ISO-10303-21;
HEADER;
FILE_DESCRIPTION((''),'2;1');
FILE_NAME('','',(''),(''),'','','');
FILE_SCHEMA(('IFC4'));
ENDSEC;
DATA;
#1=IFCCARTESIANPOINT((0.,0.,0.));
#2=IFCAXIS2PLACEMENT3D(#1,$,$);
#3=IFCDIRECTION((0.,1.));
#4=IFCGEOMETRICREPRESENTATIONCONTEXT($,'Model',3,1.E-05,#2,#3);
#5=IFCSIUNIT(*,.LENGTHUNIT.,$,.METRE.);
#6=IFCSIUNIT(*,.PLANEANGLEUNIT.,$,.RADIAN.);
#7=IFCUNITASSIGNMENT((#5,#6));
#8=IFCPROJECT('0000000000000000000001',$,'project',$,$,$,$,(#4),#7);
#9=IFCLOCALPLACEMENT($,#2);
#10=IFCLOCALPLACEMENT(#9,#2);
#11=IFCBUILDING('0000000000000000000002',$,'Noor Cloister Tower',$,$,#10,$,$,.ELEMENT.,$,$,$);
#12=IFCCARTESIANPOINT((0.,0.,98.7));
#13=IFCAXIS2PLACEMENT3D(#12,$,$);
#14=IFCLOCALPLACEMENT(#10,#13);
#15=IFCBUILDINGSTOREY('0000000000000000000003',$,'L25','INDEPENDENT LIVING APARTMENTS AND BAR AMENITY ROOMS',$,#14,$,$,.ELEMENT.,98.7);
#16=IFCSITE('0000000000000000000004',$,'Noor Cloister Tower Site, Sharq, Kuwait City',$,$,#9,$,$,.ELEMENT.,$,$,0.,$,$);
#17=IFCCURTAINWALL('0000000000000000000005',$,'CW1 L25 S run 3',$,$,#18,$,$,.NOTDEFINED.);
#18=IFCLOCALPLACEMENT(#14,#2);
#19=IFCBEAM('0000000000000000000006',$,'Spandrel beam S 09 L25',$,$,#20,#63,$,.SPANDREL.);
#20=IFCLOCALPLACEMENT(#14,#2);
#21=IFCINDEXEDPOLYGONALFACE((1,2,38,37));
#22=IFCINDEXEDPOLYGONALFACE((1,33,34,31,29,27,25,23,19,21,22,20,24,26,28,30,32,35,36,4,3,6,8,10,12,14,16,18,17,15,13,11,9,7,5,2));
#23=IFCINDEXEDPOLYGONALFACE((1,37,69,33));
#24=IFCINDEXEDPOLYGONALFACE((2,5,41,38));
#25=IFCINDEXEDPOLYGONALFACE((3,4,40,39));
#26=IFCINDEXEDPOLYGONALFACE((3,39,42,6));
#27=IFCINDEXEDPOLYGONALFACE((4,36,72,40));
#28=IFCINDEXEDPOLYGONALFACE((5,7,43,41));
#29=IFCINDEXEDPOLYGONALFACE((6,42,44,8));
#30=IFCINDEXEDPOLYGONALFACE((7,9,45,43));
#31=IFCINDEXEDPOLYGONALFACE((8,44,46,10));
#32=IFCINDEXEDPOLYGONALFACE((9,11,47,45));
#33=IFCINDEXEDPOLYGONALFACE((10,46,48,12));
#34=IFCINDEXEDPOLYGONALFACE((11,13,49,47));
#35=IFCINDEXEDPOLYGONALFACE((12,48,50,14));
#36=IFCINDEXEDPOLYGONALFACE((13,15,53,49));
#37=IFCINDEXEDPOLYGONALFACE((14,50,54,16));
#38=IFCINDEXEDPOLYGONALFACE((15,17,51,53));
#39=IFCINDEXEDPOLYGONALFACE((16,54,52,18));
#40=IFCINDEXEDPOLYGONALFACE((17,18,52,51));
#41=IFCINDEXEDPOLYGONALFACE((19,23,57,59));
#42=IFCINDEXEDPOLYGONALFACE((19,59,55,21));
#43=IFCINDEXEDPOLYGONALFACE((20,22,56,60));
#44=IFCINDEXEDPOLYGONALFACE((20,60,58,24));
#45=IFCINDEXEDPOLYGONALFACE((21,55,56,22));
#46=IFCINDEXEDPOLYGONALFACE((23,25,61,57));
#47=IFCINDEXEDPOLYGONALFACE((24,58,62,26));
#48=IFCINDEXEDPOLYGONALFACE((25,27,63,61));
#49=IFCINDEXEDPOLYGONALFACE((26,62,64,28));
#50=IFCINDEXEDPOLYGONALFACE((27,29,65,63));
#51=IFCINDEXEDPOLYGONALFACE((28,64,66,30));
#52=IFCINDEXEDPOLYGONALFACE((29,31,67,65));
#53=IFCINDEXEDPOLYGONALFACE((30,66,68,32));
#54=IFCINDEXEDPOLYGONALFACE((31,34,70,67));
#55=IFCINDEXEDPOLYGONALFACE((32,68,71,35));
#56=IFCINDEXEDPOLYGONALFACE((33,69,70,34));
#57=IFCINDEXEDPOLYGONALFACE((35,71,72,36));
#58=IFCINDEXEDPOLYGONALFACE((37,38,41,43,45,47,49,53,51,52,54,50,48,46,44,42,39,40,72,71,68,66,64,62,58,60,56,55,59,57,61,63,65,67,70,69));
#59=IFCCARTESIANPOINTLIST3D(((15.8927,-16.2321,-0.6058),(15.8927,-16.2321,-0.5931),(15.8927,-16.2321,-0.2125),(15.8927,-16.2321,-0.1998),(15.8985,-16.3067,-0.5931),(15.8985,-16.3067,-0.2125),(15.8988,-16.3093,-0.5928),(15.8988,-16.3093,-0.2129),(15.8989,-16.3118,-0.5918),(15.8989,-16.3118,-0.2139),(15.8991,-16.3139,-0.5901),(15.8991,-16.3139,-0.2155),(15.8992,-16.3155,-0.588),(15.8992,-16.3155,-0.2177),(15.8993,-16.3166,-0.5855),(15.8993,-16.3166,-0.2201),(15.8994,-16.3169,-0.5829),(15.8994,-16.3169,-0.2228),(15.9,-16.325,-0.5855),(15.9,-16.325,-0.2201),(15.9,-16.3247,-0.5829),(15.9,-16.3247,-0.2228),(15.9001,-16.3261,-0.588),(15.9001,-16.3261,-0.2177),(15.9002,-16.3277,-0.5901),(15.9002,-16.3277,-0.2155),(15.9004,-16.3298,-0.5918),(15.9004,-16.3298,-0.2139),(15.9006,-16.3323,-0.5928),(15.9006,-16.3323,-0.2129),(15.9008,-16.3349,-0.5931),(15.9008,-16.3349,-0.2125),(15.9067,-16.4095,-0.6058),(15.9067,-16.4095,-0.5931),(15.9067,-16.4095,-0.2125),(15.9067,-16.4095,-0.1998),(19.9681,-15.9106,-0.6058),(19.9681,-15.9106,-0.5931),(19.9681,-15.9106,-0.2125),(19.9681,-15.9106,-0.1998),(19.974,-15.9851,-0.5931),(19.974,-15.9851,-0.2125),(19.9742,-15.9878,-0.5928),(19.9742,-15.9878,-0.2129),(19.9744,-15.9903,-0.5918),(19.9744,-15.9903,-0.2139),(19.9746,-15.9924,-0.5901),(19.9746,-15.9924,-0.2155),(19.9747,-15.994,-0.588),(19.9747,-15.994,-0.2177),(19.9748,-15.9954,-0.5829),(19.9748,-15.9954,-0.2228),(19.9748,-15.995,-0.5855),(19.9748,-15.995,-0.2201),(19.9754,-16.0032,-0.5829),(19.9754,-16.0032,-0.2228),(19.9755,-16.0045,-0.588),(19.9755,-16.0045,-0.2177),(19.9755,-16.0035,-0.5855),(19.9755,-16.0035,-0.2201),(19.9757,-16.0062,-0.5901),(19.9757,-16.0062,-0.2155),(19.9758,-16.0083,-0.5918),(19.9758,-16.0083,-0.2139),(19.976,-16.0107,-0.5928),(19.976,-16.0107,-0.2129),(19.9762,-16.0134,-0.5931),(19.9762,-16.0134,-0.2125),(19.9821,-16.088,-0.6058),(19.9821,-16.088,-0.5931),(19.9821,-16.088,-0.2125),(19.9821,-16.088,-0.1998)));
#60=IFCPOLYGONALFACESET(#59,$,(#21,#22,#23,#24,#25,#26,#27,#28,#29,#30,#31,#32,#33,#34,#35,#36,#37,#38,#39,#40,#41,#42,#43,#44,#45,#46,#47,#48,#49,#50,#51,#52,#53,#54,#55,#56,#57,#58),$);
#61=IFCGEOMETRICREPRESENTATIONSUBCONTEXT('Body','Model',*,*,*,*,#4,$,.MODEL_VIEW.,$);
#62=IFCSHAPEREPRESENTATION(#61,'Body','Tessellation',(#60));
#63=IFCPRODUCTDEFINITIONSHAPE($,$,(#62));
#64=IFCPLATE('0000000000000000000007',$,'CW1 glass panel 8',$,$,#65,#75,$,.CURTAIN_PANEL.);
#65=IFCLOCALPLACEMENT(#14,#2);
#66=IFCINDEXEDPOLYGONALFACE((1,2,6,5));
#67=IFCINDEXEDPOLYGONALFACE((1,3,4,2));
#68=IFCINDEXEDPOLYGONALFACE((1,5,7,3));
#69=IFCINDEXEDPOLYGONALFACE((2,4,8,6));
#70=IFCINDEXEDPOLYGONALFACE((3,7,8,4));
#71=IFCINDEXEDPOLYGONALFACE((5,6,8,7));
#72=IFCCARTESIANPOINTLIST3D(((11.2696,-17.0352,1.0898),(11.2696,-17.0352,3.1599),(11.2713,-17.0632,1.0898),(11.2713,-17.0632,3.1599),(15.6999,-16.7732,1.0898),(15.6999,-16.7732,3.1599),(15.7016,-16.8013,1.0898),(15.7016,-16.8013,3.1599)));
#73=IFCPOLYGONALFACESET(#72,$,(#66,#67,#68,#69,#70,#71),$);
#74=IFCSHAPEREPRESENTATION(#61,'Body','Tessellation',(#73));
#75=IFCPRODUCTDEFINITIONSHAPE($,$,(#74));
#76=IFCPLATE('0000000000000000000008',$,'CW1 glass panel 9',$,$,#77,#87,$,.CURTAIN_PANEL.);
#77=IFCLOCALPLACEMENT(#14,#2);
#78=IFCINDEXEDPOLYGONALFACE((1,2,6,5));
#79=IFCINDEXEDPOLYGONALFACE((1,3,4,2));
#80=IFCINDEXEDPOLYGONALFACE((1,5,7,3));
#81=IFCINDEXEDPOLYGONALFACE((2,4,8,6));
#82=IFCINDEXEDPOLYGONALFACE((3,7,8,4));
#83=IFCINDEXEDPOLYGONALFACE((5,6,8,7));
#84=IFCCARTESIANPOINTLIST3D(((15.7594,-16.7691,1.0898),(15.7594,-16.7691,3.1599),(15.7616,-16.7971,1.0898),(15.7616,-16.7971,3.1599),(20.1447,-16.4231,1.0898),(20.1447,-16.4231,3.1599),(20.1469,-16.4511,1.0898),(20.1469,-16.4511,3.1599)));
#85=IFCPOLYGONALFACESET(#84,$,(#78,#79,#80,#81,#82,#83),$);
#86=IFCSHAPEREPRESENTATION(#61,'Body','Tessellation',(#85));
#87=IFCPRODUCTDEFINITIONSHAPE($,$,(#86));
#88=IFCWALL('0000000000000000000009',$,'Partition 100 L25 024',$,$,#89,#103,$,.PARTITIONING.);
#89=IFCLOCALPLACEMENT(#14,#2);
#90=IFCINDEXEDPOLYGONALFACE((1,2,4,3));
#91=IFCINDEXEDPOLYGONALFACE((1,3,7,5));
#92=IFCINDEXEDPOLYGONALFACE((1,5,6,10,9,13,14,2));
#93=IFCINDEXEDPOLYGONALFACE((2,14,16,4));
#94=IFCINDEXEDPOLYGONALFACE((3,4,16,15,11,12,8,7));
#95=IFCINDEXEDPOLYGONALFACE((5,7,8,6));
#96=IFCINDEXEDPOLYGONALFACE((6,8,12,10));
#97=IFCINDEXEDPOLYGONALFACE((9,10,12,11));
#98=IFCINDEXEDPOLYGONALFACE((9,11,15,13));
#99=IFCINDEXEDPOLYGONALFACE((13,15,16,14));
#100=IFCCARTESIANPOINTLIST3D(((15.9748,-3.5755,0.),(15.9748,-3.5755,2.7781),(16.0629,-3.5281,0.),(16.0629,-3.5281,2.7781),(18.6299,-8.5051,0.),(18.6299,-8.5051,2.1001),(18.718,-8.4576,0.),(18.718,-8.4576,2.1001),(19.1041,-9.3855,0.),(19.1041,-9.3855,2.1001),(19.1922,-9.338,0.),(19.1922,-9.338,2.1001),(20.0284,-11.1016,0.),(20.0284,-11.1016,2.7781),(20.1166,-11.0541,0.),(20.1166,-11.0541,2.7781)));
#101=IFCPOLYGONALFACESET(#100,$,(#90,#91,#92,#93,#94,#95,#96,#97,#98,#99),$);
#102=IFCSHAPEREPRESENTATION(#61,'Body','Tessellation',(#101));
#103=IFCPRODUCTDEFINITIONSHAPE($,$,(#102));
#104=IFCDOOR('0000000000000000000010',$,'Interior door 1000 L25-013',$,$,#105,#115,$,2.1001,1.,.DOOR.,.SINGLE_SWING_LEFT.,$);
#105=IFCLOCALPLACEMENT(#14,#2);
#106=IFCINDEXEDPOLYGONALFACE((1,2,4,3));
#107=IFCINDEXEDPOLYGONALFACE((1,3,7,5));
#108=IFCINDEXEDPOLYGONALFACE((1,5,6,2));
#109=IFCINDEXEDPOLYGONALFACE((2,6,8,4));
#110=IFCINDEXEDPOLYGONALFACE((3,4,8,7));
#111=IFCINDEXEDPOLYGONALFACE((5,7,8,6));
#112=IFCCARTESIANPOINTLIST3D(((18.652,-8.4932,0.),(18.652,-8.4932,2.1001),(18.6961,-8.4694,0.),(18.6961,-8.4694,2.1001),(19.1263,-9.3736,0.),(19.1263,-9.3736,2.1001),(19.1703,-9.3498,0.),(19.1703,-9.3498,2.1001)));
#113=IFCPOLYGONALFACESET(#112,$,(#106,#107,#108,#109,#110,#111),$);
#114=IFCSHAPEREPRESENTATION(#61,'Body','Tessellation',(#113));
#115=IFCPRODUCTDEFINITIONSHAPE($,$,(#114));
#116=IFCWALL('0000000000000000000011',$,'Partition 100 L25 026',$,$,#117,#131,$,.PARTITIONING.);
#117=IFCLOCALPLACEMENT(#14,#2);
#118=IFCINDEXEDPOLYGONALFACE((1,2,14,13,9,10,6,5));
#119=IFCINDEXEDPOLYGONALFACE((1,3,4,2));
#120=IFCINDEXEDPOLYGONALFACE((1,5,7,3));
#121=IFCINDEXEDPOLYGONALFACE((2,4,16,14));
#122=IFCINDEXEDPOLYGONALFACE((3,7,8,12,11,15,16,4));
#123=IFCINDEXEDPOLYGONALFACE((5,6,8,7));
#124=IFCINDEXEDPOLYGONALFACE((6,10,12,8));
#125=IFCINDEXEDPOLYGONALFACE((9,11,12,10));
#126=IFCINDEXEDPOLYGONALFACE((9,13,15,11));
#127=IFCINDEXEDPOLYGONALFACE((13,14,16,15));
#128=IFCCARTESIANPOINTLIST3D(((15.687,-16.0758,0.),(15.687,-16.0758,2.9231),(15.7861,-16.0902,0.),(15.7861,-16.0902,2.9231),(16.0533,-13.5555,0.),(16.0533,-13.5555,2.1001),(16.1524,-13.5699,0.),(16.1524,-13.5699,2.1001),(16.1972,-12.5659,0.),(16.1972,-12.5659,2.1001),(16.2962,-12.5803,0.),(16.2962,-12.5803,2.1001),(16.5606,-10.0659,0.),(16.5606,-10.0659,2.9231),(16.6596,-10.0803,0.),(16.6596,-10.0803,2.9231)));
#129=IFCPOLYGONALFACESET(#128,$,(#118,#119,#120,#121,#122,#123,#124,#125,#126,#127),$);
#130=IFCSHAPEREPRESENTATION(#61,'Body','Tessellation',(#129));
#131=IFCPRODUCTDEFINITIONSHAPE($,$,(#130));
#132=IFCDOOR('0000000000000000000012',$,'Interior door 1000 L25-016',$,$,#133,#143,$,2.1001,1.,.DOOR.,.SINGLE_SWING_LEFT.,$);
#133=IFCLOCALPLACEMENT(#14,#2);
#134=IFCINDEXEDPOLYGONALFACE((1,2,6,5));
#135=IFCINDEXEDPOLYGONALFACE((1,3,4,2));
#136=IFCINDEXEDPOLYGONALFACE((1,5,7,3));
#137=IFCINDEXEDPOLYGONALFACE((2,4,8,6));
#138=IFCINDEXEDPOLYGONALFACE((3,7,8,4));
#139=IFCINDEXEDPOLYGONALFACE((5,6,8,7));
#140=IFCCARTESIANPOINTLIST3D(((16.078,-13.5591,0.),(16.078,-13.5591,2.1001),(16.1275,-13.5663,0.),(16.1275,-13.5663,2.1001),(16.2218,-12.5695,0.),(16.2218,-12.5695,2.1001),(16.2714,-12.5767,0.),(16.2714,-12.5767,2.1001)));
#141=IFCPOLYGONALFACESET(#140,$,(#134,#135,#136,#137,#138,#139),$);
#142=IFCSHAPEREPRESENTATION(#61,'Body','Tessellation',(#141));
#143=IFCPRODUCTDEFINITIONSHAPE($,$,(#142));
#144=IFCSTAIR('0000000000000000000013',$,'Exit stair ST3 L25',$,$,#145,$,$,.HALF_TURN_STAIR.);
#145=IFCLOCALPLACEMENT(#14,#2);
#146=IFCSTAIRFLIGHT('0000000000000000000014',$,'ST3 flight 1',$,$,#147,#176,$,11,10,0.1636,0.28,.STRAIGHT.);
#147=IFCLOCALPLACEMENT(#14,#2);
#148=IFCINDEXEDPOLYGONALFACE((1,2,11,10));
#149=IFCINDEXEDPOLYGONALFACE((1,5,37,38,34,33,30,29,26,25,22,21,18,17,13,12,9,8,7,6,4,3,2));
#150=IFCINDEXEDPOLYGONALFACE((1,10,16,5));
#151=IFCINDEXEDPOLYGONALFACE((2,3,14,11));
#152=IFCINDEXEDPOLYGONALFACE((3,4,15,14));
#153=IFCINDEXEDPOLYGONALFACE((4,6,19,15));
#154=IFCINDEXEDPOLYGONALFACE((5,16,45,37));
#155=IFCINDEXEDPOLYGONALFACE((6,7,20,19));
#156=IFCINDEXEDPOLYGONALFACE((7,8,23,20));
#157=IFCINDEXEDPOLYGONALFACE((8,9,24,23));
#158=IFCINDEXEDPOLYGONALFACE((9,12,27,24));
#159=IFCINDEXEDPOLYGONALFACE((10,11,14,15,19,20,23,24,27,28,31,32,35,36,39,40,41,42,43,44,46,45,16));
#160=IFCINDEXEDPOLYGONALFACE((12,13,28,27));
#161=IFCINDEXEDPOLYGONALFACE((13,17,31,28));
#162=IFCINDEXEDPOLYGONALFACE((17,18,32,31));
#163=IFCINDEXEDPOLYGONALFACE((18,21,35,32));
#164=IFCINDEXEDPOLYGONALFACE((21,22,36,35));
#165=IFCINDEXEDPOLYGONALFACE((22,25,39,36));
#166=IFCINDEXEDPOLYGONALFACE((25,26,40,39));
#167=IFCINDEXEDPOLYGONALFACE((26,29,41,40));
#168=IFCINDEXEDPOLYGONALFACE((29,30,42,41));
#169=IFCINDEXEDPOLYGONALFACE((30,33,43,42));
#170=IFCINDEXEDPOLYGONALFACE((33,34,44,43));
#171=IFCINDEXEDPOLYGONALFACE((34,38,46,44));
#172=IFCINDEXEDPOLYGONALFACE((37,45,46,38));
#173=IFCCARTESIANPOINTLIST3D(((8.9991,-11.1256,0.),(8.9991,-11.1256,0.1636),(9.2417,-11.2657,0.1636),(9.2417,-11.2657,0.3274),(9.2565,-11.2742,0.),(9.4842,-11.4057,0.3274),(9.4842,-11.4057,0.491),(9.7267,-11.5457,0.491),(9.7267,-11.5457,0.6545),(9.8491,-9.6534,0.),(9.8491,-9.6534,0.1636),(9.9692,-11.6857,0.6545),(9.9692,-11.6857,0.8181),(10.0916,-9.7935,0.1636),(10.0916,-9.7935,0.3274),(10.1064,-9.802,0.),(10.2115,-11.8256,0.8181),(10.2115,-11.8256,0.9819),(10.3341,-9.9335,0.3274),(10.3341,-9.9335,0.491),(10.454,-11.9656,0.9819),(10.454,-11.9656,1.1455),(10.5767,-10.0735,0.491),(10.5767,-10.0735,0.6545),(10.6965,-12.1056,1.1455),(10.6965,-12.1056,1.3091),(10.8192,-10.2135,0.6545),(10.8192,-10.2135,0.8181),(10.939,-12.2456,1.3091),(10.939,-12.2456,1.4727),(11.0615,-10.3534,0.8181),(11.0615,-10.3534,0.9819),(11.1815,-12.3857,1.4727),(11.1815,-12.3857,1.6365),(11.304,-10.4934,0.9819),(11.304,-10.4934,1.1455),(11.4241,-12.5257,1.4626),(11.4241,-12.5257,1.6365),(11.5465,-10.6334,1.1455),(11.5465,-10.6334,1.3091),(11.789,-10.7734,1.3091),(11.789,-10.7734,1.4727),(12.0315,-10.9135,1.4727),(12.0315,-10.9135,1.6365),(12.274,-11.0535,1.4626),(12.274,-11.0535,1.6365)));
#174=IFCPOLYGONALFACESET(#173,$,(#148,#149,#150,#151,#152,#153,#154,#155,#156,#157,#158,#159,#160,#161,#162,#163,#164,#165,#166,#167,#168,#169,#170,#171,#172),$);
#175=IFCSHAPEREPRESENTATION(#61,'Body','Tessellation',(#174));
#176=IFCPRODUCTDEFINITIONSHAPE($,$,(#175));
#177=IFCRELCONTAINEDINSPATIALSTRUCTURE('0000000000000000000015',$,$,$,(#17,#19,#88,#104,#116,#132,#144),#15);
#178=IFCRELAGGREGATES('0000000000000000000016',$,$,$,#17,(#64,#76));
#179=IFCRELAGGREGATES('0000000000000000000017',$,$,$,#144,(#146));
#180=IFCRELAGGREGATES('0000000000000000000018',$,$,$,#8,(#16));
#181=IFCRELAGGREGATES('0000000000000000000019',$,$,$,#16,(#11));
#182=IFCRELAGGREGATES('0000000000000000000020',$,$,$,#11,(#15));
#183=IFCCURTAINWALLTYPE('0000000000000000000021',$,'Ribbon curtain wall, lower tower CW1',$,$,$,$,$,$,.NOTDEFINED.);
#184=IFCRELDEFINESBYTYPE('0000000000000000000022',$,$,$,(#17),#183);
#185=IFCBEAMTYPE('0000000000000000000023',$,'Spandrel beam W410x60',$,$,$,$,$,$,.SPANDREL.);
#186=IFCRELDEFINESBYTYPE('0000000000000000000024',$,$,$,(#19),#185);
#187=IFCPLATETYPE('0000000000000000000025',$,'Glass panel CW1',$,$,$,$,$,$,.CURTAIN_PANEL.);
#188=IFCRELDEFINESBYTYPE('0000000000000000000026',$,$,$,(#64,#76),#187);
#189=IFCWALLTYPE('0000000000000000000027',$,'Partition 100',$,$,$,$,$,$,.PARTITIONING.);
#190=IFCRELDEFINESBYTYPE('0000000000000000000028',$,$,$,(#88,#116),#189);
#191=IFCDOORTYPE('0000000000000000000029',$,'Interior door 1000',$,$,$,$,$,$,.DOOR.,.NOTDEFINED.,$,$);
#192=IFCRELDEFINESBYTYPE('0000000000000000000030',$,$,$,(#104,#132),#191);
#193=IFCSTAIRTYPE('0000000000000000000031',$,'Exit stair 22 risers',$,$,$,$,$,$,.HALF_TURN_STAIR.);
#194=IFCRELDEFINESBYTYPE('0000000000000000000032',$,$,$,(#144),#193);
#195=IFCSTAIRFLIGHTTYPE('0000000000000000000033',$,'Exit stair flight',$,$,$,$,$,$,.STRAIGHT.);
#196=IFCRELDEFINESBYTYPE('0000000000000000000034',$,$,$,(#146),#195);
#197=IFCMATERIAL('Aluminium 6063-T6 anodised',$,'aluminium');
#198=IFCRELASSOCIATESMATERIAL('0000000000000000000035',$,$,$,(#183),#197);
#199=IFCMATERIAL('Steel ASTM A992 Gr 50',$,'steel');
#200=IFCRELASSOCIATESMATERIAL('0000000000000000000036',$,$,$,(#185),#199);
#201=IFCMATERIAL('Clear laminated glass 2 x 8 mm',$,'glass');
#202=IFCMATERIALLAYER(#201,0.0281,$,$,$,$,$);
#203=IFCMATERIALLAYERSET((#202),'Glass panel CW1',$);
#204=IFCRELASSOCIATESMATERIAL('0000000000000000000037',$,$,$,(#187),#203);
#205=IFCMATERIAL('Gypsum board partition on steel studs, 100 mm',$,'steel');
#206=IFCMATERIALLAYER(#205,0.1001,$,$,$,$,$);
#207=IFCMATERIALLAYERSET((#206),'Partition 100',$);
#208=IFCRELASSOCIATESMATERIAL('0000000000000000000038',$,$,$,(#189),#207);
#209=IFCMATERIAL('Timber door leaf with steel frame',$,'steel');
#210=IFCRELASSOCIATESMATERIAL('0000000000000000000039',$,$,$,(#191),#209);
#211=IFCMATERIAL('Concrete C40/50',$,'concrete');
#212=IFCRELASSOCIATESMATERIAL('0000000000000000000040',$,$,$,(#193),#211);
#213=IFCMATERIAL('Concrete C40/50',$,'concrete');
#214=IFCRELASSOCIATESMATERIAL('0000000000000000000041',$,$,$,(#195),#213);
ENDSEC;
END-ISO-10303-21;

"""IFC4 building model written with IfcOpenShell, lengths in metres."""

from ifc_helpers import new_model, si_unit, direction, frame, frame_2d, origin, origin_2d, place, context, subcontext, project, spatial, polyline, rectangle, i_section, outline, extrude, material, layer, layer_set, material_profile, profile_set, type_object, element, fill, aggregate, save


model = new_model("IFC4")

# Units and contexts
model_context = context("Model", 3, precision=1e-05, world=origin(), true_north=direction((0.0, 1.0)))
body_context = subcontext(model_context, "Body", "Model", "MODEL_VIEW")
ifc_project = project(units=[si_unit("LENGTHUNIT", "METRE"), si_unit("PLANEANGLEUNIT", "RADIAN")], contexts=[model_context])

# Site, building, storey
site_placement = place(None, origin())
site = spatial("IfcSite", under=ifc_project, at=site_placement, Name="Noor Cloister Tower Site, Sharq, Kuwait City", CompositionType="ELEMENT", RefElevation=0.0)
building_placement = place(site_placement, origin())
building = spatial("IfcBuilding", under=site, at=building_placement, Name="Noor Cloister Tower", CompositionType="ELEMENT")
storey_placement = place(building_placement, frame((0.0, 0.0, 98.7)))
storey = spatial("IfcBuildingStorey", under=building, at=storey_placement, Name="L25", Description="INDEPENDENT LIVING APARTMENTS AND BAR AMENITY ROOMS", CompositionType="ELEMENT", Elevation=98.7)

# Curtain wall
ifc_material_1 = material(Name="Aluminium 6063-T6 anodised", Category="aluminium")
curtain_wall_type = type_object("IfcCurtainWallType", Name="Ribbon curtain wall, lower tower CW1", PredefinedType="NOTDEFINED", material=ifc_material_1)
curtain_wall_placement = place(storey_placement, origin())
curtain_wall = element("IfcCurtainWall", 1, at=curtain_wall_placement, inside=storey, type_object=curtain_wall_type, Name="CW1 L25 S run 3", PredefinedType="NOTDEFINED")

# Beam
ifc_material_2 = material(Name="Steel ASTM A992 Gr 50", Category="steel")
ifc_material_profile_1 = material_profile(ifc_material_2, i_section(OverallWidth=0.178, OverallDepth=0.406, WebThickness=0.0078, FlangeThickness=0.0127, FilletRadius=0.0103, at=origin_2d()), Name="W410x60")
ifc_profile_set_1 = profile_set([ifc_material_profile_1], Name="Steel ASTM A992 Gr 50")
beam_type_1 = type_object("IfcBeamType", Name="Spandrel beam W410x60", PredefinedType="SPANDREL", material=ifc_profile_set_1)
for number, where, z_axis, x_axis, name in (
    (2, (15.8997, -16.3208, -0.4028), (0.996902, 0.078651, 0.0), (-0.078651, 0.996902, 0.0), "Spandrel beam S 09 L25"),
):
    element("IfcBeam", number, at=place(storey_placement, frame(where, z_axis=z_axis, x_axis=x_axis)), inside=storey, type_object=beam_type_1, Name=name, PredefinedType="SPANDREL", context=body_context, shape_type="SweptSolid", body=[
        extrude(i_section(OverallWidth=0.178, OverallDepth=0.406, WebThickness=0.0078, FlangeThickness=0.0127, FilletRadius=0.0103, at=origin_2d()), origin(), (0.0, 0.0, 1.0), 4.0881),
    ])

# Plates
ifc_material_3 = material(Name="Clear laminated glass 2 x 8 mm", Category="glass")
ifc_layer_1 = layer(ifc_material_3, 0.0281)
ifc_layer_set_1 = layer_set([ifc_layer_1], Name="Glass panel CW1")
plate_type = type_object("IfcPlateType", Name="Glass panel CW1", PredefinedType="CURTAIN_PANEL", material=ifc_layer_set_1)
plate_1_placement = place(storey_placement, frame((13.4856, -16.9182, 1.0898), z_axis=(0.0, 0.0, 1.0), x_axis=(0.998257, 0.059016, 0.0)))
plate_1 = element("IfcPlate", 3, at=plate_1_placement, type_object=plate_type, Name="CW1 glass panel 8", PredefinedType="CURTAIN_PANEL", context=body_context, shape_type="SweptSolid", body=[
    extrude(rectangle(XDim=4.438, YDim=0.0281, at=origin_2d()), origin(), (0.0, 0.0, 1.0), 2.0701),
])
plate_2_placement = place(storey_placement, frame((17.9531, -16.6101, 1.0898), z_axis=(0.0, 0.0, 1.0), x_axis=(0.996902, 0.078652, 0.0)))
plate_2 = element("IfcPlate", 4, at=plate_2_placement, type_object=plate_type, Name="CW1 glass panel 9", PredefinedType="CURTAIN_PANEL", context=body_context, shape_type="SweptSolid", body=[
    extrude(rectangle(XDim=4.3989, YDim=0.0281, at=origin_2d()), origin(), (0.0, 0.0, 1.0), 2.0701),
])
aggregate(curtain_wall, [plate_1, plate_2])

# Walls, openings, doors
ifc_material_4 = material(Name="Gypsum board partition on steel studs, 100 mm", Category="steel")
ifc_layer_2 = layer(ifc_material_4, 0.1001)
ifc_layer_set_2 = layer_set([ifc_layer_2], Name="Partition 100")
wall_type = type_object("IfcWallType", Name="Partition 100", PredefinedType="PARTITIONING", material=ifc_layer_set_2)
wall_1_placement = place(storey_placement, frame((20.0725, -11.0779, 0.0), z_axis=(0.0, 0.0, 1.0), x_axis=(-0.474207, 0.880413, 0.0)))
wall_1 = element("IfcWall", 5, at=wall_1_placement, inside=storey, type_object=wall_type, Name="Partition 100 L25 024", PredefinedType="PARTITIONING", context=body_context, shape_type="SweptSolid", body=[
    extrude(rectangle(XDim=8.5483, YDim=0.1001, at=frame_2d((4.2742, 0.0))), origin(), (0.0, 0.0, 1.0), 2.7781),
])
opening_1_placement = place(wall_1_placement, frame((1.9492, 0.0, 0.0)))
opening_1 = element("IfcOpeningElement", 6, at=opening_1_placement, cuts=wall_1, PredefinedType="OPENING", context=body_context, shape_type="SweptSolid", body=[
    extrude(rectangle(XDim=1.0, YDim=2.1001, at=frame_2d((0.5, 1.05))), frame((0.0, 0.0601, 0.0), z_axis=(0.0, -1.0, 0.0), x_axis=(1.0, 0.0, 0.0)), (0.0, 0.0, 1.0), 0.1201),
])
ifc_material_5 = material(Name="Timber door leaf with steel frame", Category="steel")
door_type = type_object("IfcDoorType", Name="Interior door 1000", OperationType="NOTDEFINED", PredefinedType="DOOR", material=ifc_material_5)
door_1_placement = place(opening_1_placement, origin())
door_1 = element("IfcDoor", 7, at=door_1_placement, inside=storey, type_object=door_type, Name="Interior door 1000 L25-013", OperationType="SINGLE_SWING_LEFT", OverallHeight=2.1001, OverallWidth=1.0, PredefinedType="DOOR", context=body_context, shape_type="SweptSolid", body=[
    extrude(rectangle(XDim=1.0, YDim=2.1001, at=frame_2d((0.5, 1.05))), frame((0.0, 0.0249, 0.0), z_axis=(0.0, -1.0, 0.0), x_axis=(1.0, 0.0, 0.0)), (0.0, 0.0, 1.0), 0.05),
])
fill(opening_1, door_1)
wall_2_placement = place(storey_placement, frame((16.6101, -10.073, 0.0), z_axis=(0.0, 0.0, 1.0), x_axis=(-0.143841, -0.989601, 0.0)))
wall_2 = element("IfcWall", 8, at=wall_2_placement, inside=storey, type_object=wall_type, Name="Partition 100 L25 026", PredefinedType="PARTITIONING", context=body_context, shape_type="SweptSolid", body=[
    extrude(rectangle(XDim=6.073, YDim=0.1001, at=frame_2d((3.0366, 0.0))), origin(), (0.0, 0.0, 1.0), 2.9231),
])
opening_2_placement = place(wall_2_placement, frame((2.5264, 0.0, 0.0)))
opening_2 = element("IfcOpeningElement", 9, at=opening_2_placement, cuts=wall_2, PredefinedType="OPENING", context=body_context, shape_type="SweptSolid", body=[
    extrude(rectangle(XDim=1.0, YDim=2.1001, at=frame_2d((0.5, 1.05))), frame((0.0, 0.0601, 0.0), z_axis=(0.0, -1.0, 0.0), x_axis=(1.0, 0.0, 0.0)), (0.0, 0.0, 1.0), 0.1201),
])
door_2_placement = place(opening_2_placement, origin())
door_2 = element("IfcDoor", 10, at=door_2_placement, inside=storey, type_object=door_type, Name="Interior door 1000 L25-016", OperationType="SINGLE_SWING_LEFT", OverallHeight=2.1001, OverallWidth=1.0, PredefinedType="DOOR", context=body_context, shape_type="SweptSolid", body=[
    extrude(rectangle(XDim=1.0, YDim=2.1001, at=frame_2d((0.5, 1.05))), frame((0.0, 0.0249, 0.0), z_axis=(0.0, -1.0, 0.0), x_axis=(1.0, 0.0, 0.0)), (0.0, 0.0, 1.0), 0.05),
])
fill(opening_2, door_2)

# Stair, stair flight
ifc_material_6 = material(Name="Concrete C40/50", Category="concrete")
stair_type = type_object("IfcStairType", Name="Exit stair 22 risers", PredefinedType="HALF_TURN_STAIR", material=ifc_material_6)
stair_placement = place(storey_placement, origin())
stair = element("IfcStair", 11, at=stair_placement, inside=storey, type_object=stair_type, Name="Exit stair ST3 L25", PredefinedType="HALF_TURN_STAIR")
ifc_material_7 = material(Name="Concrete C40/50", Category="concrete")
stair_flight_type = type_object("IfcStairFlightType", Name="Exit stair flight", PredefinedType="STRAIGHT", material=ifc_material_7)
stair_flight_1_placement = place(storey_placement, frame((9.4241, -10.3896, 0.0), z_axis=(0.0, 0.0, 1.0), x_axis=(0.866025, -0.5, 0.0)))
stair_flight_1 = element("IfcStairFlight", 12, at=stair_flight_1_placement, type_object=stair_flight_type, Name="ST3 flight 1", NumberOfRisers=11, NumberOfTreads=10, PredefinedType="STRAIGHT", RiserHeight=0.1636, TreadLength=0.28, context=body_context, shape_type="SweptSolid", body=[
    extrude(outline(polyline([(0.0, 0.0), (0.0, 0.1636), (0.28, 0.1636), (0.28, 0.3274), (0.5601, 0.3274), (0.5601, 0.491), (0.8401, 0.491), (0.8401, 0.6545), (1.1201, 0.6545), (1.1201, 0.8181), (1.3999, 0.8181), (1.3999, 0.9819), (1.6799, 0.9819), (1.6799, 1.1455), (1.96, 1.1455), (1.96, 1.3091), (2.24, 1.3091), (2.24, 1.4727), (2.52, 1.4727), (2.52, 1.6365), (2.8, 1.6365), (2.8, 1.8), (2.8, 1.4626), (0.2971, 0.0), (0.0, 0.0)])), frame((0.0, 0.8501, 0.0), z_axis=(0.0, -1.0, 0.0), x_axis=(1.0, 0.0, 0.0)), (0.0, 0.0, 1.0), 1.7),
])
aggregate(stair, [stair_flight_1])

save(model, "model.ifc")
